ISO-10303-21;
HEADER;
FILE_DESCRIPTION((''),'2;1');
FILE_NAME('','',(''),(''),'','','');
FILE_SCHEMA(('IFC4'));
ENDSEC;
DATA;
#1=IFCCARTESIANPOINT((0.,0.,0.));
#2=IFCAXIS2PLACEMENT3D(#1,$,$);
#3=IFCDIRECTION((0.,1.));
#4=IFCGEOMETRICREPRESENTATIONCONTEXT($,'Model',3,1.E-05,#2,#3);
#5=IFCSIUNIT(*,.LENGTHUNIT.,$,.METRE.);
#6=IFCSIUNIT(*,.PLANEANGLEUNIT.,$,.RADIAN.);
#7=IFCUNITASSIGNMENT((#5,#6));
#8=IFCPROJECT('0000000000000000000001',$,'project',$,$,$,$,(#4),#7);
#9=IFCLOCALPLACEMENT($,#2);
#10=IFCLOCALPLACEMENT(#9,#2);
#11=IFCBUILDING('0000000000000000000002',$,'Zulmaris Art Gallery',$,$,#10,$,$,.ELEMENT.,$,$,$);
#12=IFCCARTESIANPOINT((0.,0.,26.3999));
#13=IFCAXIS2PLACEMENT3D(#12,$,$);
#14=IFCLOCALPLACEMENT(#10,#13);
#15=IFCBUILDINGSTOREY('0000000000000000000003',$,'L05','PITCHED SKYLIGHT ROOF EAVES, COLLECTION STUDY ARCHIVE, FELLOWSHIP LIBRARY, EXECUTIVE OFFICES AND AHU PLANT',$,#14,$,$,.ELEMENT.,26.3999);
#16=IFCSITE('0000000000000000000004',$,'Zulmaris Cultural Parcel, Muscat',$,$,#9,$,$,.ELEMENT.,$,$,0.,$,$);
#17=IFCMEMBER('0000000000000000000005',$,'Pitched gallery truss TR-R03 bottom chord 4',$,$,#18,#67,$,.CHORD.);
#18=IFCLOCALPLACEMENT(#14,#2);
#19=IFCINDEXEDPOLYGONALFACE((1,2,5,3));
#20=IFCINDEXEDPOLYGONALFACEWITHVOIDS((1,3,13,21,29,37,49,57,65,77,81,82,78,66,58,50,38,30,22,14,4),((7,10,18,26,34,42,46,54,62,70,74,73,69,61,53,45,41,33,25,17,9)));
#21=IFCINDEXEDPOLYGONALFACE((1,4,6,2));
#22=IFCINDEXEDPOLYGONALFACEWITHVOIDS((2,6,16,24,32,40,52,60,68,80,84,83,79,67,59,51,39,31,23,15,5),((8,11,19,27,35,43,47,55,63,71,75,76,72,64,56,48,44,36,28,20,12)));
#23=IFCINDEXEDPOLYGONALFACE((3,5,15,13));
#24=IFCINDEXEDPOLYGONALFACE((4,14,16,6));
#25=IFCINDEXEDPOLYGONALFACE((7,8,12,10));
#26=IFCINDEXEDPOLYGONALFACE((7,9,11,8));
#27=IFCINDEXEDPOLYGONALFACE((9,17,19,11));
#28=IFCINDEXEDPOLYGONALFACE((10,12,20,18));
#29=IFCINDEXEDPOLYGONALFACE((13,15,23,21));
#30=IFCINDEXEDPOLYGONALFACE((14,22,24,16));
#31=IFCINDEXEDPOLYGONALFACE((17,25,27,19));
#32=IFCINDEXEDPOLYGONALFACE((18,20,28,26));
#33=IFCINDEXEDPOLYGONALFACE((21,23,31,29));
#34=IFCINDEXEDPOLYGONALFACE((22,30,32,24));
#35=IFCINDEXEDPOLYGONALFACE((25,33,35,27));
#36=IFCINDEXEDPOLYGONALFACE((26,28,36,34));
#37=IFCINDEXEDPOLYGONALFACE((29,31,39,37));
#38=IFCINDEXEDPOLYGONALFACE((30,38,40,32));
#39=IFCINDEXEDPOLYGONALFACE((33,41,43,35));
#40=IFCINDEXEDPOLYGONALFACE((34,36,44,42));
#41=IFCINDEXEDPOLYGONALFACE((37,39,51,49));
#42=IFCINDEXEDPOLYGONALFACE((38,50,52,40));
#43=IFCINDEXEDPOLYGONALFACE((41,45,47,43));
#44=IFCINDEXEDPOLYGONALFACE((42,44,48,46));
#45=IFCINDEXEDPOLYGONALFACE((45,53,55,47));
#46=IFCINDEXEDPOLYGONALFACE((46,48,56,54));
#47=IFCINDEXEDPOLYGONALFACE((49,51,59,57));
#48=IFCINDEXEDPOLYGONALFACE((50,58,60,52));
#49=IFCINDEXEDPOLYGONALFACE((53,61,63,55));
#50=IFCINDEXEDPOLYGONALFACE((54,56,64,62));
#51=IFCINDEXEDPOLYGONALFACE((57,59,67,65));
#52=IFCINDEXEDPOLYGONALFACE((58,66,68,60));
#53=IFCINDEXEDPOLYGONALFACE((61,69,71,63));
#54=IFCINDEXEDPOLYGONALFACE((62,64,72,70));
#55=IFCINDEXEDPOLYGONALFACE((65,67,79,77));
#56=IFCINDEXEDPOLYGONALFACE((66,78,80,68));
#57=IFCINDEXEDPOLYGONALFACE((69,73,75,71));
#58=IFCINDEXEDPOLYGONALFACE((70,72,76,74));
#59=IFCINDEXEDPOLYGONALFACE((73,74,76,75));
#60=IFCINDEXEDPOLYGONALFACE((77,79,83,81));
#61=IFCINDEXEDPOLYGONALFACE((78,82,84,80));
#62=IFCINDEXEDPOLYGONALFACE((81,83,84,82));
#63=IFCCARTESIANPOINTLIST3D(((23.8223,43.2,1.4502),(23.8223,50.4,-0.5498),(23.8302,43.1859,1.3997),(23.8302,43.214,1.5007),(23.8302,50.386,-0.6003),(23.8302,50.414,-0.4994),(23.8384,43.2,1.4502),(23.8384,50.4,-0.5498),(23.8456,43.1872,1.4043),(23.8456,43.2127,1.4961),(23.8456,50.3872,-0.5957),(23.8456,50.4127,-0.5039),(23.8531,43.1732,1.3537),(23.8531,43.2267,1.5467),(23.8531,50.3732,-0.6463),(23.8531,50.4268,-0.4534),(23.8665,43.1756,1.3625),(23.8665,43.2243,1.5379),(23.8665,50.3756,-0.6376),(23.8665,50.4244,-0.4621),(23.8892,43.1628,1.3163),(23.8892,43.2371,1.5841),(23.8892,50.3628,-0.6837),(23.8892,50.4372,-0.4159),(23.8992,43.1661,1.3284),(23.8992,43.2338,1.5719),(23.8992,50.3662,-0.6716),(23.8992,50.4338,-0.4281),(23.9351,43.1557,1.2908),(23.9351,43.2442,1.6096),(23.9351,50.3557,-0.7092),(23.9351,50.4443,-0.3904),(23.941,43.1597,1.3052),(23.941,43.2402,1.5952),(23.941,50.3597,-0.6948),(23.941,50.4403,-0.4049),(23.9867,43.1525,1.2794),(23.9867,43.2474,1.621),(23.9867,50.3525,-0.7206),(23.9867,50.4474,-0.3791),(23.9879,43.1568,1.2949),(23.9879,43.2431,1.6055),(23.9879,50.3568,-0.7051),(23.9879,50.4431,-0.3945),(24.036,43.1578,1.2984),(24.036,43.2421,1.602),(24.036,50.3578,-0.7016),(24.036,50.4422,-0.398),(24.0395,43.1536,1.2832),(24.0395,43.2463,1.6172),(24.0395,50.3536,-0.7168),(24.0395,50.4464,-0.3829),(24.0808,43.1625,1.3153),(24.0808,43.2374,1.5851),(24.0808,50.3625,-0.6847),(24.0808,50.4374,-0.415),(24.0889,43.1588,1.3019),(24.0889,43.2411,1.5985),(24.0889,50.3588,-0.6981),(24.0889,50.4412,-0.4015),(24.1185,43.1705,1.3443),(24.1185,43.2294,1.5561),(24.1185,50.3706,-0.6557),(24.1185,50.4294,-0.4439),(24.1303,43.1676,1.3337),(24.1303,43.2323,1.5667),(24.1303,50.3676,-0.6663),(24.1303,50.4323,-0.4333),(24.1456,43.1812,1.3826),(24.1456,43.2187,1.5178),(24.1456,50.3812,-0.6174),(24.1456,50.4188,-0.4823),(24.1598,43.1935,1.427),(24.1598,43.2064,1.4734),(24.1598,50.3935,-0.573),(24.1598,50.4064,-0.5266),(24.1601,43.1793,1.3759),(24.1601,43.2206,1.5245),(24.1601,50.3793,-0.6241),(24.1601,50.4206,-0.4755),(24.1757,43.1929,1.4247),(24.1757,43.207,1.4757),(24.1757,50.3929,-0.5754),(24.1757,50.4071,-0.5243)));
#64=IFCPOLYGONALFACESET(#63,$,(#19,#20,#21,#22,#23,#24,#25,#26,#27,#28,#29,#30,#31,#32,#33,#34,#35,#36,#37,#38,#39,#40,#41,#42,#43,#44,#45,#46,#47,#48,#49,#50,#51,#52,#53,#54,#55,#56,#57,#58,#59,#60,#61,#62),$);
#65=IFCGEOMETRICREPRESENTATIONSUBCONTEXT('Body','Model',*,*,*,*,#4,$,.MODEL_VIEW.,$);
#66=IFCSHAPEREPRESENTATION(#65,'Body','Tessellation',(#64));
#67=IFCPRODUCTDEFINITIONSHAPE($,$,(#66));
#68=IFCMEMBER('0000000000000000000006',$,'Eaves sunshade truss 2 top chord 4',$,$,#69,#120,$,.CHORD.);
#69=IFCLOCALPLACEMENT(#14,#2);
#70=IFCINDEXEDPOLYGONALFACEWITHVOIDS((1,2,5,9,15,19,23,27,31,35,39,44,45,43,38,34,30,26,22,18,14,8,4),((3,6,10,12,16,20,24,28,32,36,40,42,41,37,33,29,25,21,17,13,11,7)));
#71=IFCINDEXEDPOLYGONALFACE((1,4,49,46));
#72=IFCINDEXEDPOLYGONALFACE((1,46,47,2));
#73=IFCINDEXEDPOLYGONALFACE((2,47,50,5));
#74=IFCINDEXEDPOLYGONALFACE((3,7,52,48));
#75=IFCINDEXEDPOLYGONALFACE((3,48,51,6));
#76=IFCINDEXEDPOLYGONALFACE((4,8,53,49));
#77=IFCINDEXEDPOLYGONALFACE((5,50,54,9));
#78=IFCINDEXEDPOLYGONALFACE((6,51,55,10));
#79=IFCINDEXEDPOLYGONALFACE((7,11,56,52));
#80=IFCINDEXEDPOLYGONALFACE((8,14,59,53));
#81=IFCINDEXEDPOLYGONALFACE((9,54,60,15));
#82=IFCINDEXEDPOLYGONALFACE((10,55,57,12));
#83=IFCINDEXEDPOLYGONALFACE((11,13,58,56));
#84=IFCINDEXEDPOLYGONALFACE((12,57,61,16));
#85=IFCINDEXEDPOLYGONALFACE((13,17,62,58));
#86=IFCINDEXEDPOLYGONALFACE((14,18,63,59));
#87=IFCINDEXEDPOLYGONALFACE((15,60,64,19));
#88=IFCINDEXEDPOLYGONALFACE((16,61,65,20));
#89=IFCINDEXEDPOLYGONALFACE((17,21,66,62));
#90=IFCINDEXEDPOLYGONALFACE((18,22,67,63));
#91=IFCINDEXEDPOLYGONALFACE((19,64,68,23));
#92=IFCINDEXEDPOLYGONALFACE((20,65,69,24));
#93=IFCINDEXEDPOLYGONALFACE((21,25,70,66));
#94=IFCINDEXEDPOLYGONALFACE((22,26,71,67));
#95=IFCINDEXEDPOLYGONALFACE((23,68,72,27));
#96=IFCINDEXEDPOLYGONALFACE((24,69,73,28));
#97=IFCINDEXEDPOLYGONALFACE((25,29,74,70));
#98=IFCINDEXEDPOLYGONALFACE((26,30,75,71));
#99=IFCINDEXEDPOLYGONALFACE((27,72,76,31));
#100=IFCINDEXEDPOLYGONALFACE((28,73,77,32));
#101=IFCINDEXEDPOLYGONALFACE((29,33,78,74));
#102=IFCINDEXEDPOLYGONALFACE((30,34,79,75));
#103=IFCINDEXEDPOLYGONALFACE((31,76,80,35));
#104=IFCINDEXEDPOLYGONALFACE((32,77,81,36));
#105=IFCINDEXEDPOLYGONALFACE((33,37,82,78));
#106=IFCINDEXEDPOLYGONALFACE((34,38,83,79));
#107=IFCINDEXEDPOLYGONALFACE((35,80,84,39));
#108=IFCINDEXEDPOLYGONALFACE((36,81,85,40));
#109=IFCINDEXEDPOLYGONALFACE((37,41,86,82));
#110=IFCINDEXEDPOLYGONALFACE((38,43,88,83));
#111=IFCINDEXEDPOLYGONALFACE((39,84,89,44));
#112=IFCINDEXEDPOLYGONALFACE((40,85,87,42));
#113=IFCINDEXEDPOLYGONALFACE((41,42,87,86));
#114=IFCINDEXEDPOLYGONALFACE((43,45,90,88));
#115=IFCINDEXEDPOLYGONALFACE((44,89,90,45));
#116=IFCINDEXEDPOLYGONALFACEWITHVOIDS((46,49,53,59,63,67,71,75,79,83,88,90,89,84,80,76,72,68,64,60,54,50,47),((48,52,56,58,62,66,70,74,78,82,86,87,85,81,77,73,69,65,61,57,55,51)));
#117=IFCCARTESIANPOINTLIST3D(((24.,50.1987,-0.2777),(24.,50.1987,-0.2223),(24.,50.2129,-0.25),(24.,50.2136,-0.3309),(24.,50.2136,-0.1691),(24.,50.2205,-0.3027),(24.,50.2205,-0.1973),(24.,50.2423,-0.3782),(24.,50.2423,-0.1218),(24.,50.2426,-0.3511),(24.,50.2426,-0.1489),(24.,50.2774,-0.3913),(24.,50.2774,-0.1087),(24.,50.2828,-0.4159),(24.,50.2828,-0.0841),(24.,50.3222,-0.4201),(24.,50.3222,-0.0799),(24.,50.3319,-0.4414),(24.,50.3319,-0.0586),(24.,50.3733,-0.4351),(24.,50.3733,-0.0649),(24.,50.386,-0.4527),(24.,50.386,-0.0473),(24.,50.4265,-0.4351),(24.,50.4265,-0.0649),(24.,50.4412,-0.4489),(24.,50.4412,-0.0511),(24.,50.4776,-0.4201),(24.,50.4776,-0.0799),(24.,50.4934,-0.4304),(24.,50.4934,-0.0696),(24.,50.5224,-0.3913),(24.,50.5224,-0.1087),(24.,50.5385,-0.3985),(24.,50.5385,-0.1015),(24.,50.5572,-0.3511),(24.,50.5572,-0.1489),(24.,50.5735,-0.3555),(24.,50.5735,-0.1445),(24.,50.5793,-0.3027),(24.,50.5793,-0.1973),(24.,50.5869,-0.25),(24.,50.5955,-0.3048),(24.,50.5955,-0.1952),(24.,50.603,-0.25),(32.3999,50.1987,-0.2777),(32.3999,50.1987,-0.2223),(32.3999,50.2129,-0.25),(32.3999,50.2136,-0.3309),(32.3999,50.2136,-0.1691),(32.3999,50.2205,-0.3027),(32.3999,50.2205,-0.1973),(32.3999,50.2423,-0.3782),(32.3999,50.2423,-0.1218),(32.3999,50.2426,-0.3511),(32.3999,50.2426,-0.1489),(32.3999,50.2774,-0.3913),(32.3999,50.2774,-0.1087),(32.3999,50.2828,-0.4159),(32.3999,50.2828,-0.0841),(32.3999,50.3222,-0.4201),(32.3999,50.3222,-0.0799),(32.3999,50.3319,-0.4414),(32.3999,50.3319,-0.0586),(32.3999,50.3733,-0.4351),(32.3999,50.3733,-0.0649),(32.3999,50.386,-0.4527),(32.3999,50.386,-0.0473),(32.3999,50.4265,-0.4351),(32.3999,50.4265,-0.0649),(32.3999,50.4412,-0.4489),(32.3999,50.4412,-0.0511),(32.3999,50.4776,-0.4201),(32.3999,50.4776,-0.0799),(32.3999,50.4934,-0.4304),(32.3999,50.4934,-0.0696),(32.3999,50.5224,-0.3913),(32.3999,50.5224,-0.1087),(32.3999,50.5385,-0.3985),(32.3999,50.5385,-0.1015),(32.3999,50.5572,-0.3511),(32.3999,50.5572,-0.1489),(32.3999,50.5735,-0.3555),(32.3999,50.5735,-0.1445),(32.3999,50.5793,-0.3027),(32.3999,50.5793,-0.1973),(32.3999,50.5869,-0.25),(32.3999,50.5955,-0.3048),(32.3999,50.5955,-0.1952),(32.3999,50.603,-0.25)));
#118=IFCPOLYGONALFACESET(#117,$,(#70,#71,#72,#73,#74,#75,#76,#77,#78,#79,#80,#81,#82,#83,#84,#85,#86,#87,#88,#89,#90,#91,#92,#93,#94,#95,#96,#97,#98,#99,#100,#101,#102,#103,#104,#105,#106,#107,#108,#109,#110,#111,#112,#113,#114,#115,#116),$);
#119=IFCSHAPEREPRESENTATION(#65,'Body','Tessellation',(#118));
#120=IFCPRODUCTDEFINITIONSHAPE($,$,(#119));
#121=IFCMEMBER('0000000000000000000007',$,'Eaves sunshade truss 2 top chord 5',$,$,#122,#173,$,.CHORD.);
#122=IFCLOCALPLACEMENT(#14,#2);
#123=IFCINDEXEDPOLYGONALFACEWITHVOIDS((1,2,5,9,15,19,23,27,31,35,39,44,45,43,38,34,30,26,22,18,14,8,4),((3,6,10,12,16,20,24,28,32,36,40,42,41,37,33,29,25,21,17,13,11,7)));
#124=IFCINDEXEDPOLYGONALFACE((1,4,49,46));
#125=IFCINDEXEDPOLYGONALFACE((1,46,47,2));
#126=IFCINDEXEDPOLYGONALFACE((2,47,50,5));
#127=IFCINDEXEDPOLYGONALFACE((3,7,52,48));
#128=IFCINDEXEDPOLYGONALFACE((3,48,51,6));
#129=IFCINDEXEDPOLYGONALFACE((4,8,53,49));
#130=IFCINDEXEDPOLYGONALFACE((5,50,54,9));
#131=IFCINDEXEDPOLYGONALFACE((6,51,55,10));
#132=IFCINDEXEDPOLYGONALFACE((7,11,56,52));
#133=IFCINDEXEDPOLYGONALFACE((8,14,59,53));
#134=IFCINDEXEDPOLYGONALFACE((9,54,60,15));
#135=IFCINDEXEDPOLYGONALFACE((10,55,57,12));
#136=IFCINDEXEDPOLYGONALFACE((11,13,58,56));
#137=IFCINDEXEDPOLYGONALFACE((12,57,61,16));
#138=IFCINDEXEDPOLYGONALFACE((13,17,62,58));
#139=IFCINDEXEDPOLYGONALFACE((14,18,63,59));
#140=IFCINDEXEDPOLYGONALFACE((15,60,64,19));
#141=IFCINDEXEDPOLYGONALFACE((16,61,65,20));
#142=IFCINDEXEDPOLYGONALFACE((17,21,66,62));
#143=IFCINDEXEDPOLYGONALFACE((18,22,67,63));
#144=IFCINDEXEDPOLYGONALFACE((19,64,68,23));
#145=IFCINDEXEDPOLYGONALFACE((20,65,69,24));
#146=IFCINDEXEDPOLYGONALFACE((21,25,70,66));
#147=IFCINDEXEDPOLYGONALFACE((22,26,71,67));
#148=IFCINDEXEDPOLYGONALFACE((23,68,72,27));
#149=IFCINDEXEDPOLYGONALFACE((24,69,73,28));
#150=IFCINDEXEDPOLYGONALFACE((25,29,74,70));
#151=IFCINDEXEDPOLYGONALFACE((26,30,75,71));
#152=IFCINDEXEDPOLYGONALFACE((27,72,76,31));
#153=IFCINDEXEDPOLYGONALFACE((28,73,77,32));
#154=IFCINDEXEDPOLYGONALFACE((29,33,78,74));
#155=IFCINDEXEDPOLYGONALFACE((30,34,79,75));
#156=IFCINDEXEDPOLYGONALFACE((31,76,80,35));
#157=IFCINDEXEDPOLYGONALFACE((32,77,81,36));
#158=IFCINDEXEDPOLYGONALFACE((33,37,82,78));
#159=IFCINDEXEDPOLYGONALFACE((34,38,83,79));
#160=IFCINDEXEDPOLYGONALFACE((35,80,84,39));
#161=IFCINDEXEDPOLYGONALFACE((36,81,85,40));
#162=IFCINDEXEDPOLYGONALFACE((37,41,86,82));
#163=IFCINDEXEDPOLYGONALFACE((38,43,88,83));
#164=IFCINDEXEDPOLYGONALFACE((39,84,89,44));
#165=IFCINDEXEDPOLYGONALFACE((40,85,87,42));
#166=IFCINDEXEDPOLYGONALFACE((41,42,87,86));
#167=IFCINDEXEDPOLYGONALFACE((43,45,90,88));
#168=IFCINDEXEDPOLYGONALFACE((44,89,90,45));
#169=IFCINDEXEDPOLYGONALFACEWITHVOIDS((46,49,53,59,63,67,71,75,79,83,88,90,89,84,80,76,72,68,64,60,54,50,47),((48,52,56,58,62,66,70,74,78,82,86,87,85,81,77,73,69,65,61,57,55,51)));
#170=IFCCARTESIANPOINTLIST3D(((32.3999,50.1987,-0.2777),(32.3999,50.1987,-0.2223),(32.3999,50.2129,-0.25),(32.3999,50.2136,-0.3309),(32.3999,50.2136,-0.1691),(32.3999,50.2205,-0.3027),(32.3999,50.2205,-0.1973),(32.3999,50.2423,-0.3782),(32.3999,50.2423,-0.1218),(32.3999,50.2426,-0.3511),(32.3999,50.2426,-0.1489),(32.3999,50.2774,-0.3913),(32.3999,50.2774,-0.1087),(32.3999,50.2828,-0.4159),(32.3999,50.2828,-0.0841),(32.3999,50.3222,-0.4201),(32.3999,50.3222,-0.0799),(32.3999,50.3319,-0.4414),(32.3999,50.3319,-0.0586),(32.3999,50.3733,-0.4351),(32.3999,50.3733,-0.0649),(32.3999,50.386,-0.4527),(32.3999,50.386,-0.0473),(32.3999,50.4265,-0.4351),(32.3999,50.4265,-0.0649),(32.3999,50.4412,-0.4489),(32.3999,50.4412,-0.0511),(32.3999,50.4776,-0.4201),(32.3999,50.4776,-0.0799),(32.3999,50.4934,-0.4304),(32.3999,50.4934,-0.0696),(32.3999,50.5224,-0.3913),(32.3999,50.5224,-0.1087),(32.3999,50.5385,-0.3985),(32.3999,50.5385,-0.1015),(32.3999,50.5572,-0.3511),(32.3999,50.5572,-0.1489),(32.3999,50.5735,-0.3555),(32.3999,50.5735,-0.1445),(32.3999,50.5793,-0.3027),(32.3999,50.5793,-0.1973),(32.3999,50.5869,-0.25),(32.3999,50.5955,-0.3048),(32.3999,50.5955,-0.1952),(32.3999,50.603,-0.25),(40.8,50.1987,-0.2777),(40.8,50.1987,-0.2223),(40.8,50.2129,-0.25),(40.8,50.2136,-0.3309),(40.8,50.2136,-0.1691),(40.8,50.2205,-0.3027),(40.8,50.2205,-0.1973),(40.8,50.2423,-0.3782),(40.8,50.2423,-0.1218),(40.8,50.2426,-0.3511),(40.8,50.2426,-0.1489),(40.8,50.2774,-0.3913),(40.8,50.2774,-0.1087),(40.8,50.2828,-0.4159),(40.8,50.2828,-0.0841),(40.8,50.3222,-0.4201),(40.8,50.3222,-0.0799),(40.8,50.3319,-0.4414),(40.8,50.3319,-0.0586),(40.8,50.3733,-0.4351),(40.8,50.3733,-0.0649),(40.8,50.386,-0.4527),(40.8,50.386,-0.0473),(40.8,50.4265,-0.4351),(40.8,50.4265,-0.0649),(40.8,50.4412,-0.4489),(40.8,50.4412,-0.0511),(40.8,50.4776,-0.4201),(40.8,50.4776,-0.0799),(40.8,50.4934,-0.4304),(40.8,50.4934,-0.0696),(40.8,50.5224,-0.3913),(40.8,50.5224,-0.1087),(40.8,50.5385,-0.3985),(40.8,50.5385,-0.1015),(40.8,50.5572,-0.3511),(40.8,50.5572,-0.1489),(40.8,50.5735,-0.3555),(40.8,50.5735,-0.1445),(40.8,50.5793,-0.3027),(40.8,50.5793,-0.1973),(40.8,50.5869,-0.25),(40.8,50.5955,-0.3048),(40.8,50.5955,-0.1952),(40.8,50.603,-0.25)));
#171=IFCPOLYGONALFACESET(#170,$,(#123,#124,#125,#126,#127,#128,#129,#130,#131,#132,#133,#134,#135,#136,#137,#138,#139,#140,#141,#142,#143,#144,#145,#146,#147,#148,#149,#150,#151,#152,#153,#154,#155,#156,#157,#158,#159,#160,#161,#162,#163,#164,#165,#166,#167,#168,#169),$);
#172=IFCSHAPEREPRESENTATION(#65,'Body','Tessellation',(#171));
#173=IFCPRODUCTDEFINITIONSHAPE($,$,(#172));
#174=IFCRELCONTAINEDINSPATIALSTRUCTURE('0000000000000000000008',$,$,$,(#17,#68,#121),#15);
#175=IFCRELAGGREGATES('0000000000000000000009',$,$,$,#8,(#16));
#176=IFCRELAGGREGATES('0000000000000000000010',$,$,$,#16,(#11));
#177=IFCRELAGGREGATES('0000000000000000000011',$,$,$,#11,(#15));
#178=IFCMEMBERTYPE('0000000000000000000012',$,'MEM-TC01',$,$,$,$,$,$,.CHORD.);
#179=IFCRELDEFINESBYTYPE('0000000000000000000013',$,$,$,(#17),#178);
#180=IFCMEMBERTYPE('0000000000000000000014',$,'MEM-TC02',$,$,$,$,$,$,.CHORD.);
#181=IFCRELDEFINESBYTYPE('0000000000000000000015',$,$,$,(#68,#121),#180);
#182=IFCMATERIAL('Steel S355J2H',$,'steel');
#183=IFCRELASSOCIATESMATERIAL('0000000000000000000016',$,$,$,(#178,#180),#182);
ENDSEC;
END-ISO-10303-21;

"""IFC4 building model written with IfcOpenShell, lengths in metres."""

from ifc_helpers import new_model, si_unit, direction, frame, origin, origin_2d, place, context, subcontext, project, spatial, hollow_circle, extrude, material, material_profile, profile_set, type_object, element, save


model = new_model("IFC4")

# Units and contexts
model_context = context("Model", 3, precision=1e-05, world=origin(), true_north=direction((0.0, 1.0)))
body_context = subcontext(model_context, "Body", "Model", "MODEL_VIEW")
ifc_project = project(units=[si_unit("LENGTHUNIT", "METRE"), si_unit("PLANEANGLEUNIT", "RADIAN")], contexts=[model_context])

# Site, building, storey
site_placement = place(None, origin())
site = spatial("IfcSite", under=ifc_project, at=site_placement, Name="Zulmaris Cultural Parcel, Muscat", CompositionType="ELEMENT", RefElevation=0.0)
building_placement = place(site_placement, origin())
building = spatial("IfcBuilding", under=site, at=building_placement, Name="Zulmaris Art Gallery", CompositionType="ELEMENT")
storey_placement = place(building_placement, frame((0.0, 0.0, 26.3999)))
storey = spatial("IfcBuildingStorey", under=building, at=storey_placement, Name="L05", Description="PITCHED SKYLIGHT ROOF EAVES, COLLECTION STUDY ARCHIVE, FELLOWSHIP LIBRARY, EXECUTIVE OFFICES AND AHU PLANT", CompositionType="ELEMENT", Elevation=26.3999)

# Members
ifc_material_1 = material(Name="Steel S355J2H", Category="steel")
ifc_material_profile_1 = material_profile(ifc_material_1, hollow_circle(Radius=0.1777, WallThickness=0.0161, at=origin_2d()), Name="CHS 355.6x16")
ifc_profile_set_1 = profile_set([ifc_material_profile_1], Name="Steel S355J2H")
member_type_1 = type_object("IfcMemberType", Name="MEM-TC01", PredefinedType="CHORD", material=ifc_profile_set_1)
member_1_placement = place(storey_placement, frame((24.0, 43.2, 1.4502), z_axis=(0.0, 0.963517, -0.267646), x_axis=(-1.0, 0.0, 0.0)))
element("IfcMember", 1, at=member_1_placement, inside=storey, type_object=member_type_1, Name="Pitched gallery truss TR-R03 bottom chord 4", PredefinedType="CHORD", context=body_context, shape_type="SweptSolid", body=[
    extrude(hollow_circle(Radius=0.1777, WallThickness=0.0161, at=origin_2d()), origin(), (0.0, 0.0, 1.0), 7.4727),
])
ifc_material_profile_2 = material_profile(ifc_material_1, hollow_circle(Radius=0.2031, WallThickness=0.0161, at=origin_2d()), Name="CHS 406.4x16")
ifc_profile_set_2 = profile_set([ifc_material_profile_2], Name="Steel S355J2H")
member_type_2 = type_object("IfcMemberType", Name="MEM-TC02", PredefinedType="CHORD", material=ifc_profile_set_2)
member_2_placement = place(storey_placement, frame((24.0, 50.3999, -0.25), z_axis=(1.0, 0.0, 0.0), x_axis=(0.0, 1.0, 0.0)))
element("IfcMember", 2, at=member_2_placement, inside=storey, type_object=member_type_2, Name="Eaves sunshade truss 2 top chord 4", PredefinedType="CHORD", context=body_context, shape_type="SweptSolid", body=[
    extrude(hollow_circle(Radius=0.2031, WallThickness=0.0161, at=origin_2d()), origin(), (0.0, 0.0, 1.0), 8.3999),
])
member_3_placement = place(storey_placement, frame((32.3999, 50.3999, -0.25), z_axis=(1.0, 0.0, 0.0), x_axis=(0.0, 1.0, 0.0)))
element("IfcMember", 3, at=member_3_placement, inside=storey, type_object=member_type_2, Name="Eaves sunshade truss 2 top chord 5", PredefinedType="CHORD", context=body_context, shape_type="SweptSolid", body=[
    extrude(hollow_circle(Radius=0.2031, WallThickness=0.0161, at=origin_2d()), origin(), (0.0, 0.0, 1.0), 8.4001),
])

save(model, "model.ifc")
